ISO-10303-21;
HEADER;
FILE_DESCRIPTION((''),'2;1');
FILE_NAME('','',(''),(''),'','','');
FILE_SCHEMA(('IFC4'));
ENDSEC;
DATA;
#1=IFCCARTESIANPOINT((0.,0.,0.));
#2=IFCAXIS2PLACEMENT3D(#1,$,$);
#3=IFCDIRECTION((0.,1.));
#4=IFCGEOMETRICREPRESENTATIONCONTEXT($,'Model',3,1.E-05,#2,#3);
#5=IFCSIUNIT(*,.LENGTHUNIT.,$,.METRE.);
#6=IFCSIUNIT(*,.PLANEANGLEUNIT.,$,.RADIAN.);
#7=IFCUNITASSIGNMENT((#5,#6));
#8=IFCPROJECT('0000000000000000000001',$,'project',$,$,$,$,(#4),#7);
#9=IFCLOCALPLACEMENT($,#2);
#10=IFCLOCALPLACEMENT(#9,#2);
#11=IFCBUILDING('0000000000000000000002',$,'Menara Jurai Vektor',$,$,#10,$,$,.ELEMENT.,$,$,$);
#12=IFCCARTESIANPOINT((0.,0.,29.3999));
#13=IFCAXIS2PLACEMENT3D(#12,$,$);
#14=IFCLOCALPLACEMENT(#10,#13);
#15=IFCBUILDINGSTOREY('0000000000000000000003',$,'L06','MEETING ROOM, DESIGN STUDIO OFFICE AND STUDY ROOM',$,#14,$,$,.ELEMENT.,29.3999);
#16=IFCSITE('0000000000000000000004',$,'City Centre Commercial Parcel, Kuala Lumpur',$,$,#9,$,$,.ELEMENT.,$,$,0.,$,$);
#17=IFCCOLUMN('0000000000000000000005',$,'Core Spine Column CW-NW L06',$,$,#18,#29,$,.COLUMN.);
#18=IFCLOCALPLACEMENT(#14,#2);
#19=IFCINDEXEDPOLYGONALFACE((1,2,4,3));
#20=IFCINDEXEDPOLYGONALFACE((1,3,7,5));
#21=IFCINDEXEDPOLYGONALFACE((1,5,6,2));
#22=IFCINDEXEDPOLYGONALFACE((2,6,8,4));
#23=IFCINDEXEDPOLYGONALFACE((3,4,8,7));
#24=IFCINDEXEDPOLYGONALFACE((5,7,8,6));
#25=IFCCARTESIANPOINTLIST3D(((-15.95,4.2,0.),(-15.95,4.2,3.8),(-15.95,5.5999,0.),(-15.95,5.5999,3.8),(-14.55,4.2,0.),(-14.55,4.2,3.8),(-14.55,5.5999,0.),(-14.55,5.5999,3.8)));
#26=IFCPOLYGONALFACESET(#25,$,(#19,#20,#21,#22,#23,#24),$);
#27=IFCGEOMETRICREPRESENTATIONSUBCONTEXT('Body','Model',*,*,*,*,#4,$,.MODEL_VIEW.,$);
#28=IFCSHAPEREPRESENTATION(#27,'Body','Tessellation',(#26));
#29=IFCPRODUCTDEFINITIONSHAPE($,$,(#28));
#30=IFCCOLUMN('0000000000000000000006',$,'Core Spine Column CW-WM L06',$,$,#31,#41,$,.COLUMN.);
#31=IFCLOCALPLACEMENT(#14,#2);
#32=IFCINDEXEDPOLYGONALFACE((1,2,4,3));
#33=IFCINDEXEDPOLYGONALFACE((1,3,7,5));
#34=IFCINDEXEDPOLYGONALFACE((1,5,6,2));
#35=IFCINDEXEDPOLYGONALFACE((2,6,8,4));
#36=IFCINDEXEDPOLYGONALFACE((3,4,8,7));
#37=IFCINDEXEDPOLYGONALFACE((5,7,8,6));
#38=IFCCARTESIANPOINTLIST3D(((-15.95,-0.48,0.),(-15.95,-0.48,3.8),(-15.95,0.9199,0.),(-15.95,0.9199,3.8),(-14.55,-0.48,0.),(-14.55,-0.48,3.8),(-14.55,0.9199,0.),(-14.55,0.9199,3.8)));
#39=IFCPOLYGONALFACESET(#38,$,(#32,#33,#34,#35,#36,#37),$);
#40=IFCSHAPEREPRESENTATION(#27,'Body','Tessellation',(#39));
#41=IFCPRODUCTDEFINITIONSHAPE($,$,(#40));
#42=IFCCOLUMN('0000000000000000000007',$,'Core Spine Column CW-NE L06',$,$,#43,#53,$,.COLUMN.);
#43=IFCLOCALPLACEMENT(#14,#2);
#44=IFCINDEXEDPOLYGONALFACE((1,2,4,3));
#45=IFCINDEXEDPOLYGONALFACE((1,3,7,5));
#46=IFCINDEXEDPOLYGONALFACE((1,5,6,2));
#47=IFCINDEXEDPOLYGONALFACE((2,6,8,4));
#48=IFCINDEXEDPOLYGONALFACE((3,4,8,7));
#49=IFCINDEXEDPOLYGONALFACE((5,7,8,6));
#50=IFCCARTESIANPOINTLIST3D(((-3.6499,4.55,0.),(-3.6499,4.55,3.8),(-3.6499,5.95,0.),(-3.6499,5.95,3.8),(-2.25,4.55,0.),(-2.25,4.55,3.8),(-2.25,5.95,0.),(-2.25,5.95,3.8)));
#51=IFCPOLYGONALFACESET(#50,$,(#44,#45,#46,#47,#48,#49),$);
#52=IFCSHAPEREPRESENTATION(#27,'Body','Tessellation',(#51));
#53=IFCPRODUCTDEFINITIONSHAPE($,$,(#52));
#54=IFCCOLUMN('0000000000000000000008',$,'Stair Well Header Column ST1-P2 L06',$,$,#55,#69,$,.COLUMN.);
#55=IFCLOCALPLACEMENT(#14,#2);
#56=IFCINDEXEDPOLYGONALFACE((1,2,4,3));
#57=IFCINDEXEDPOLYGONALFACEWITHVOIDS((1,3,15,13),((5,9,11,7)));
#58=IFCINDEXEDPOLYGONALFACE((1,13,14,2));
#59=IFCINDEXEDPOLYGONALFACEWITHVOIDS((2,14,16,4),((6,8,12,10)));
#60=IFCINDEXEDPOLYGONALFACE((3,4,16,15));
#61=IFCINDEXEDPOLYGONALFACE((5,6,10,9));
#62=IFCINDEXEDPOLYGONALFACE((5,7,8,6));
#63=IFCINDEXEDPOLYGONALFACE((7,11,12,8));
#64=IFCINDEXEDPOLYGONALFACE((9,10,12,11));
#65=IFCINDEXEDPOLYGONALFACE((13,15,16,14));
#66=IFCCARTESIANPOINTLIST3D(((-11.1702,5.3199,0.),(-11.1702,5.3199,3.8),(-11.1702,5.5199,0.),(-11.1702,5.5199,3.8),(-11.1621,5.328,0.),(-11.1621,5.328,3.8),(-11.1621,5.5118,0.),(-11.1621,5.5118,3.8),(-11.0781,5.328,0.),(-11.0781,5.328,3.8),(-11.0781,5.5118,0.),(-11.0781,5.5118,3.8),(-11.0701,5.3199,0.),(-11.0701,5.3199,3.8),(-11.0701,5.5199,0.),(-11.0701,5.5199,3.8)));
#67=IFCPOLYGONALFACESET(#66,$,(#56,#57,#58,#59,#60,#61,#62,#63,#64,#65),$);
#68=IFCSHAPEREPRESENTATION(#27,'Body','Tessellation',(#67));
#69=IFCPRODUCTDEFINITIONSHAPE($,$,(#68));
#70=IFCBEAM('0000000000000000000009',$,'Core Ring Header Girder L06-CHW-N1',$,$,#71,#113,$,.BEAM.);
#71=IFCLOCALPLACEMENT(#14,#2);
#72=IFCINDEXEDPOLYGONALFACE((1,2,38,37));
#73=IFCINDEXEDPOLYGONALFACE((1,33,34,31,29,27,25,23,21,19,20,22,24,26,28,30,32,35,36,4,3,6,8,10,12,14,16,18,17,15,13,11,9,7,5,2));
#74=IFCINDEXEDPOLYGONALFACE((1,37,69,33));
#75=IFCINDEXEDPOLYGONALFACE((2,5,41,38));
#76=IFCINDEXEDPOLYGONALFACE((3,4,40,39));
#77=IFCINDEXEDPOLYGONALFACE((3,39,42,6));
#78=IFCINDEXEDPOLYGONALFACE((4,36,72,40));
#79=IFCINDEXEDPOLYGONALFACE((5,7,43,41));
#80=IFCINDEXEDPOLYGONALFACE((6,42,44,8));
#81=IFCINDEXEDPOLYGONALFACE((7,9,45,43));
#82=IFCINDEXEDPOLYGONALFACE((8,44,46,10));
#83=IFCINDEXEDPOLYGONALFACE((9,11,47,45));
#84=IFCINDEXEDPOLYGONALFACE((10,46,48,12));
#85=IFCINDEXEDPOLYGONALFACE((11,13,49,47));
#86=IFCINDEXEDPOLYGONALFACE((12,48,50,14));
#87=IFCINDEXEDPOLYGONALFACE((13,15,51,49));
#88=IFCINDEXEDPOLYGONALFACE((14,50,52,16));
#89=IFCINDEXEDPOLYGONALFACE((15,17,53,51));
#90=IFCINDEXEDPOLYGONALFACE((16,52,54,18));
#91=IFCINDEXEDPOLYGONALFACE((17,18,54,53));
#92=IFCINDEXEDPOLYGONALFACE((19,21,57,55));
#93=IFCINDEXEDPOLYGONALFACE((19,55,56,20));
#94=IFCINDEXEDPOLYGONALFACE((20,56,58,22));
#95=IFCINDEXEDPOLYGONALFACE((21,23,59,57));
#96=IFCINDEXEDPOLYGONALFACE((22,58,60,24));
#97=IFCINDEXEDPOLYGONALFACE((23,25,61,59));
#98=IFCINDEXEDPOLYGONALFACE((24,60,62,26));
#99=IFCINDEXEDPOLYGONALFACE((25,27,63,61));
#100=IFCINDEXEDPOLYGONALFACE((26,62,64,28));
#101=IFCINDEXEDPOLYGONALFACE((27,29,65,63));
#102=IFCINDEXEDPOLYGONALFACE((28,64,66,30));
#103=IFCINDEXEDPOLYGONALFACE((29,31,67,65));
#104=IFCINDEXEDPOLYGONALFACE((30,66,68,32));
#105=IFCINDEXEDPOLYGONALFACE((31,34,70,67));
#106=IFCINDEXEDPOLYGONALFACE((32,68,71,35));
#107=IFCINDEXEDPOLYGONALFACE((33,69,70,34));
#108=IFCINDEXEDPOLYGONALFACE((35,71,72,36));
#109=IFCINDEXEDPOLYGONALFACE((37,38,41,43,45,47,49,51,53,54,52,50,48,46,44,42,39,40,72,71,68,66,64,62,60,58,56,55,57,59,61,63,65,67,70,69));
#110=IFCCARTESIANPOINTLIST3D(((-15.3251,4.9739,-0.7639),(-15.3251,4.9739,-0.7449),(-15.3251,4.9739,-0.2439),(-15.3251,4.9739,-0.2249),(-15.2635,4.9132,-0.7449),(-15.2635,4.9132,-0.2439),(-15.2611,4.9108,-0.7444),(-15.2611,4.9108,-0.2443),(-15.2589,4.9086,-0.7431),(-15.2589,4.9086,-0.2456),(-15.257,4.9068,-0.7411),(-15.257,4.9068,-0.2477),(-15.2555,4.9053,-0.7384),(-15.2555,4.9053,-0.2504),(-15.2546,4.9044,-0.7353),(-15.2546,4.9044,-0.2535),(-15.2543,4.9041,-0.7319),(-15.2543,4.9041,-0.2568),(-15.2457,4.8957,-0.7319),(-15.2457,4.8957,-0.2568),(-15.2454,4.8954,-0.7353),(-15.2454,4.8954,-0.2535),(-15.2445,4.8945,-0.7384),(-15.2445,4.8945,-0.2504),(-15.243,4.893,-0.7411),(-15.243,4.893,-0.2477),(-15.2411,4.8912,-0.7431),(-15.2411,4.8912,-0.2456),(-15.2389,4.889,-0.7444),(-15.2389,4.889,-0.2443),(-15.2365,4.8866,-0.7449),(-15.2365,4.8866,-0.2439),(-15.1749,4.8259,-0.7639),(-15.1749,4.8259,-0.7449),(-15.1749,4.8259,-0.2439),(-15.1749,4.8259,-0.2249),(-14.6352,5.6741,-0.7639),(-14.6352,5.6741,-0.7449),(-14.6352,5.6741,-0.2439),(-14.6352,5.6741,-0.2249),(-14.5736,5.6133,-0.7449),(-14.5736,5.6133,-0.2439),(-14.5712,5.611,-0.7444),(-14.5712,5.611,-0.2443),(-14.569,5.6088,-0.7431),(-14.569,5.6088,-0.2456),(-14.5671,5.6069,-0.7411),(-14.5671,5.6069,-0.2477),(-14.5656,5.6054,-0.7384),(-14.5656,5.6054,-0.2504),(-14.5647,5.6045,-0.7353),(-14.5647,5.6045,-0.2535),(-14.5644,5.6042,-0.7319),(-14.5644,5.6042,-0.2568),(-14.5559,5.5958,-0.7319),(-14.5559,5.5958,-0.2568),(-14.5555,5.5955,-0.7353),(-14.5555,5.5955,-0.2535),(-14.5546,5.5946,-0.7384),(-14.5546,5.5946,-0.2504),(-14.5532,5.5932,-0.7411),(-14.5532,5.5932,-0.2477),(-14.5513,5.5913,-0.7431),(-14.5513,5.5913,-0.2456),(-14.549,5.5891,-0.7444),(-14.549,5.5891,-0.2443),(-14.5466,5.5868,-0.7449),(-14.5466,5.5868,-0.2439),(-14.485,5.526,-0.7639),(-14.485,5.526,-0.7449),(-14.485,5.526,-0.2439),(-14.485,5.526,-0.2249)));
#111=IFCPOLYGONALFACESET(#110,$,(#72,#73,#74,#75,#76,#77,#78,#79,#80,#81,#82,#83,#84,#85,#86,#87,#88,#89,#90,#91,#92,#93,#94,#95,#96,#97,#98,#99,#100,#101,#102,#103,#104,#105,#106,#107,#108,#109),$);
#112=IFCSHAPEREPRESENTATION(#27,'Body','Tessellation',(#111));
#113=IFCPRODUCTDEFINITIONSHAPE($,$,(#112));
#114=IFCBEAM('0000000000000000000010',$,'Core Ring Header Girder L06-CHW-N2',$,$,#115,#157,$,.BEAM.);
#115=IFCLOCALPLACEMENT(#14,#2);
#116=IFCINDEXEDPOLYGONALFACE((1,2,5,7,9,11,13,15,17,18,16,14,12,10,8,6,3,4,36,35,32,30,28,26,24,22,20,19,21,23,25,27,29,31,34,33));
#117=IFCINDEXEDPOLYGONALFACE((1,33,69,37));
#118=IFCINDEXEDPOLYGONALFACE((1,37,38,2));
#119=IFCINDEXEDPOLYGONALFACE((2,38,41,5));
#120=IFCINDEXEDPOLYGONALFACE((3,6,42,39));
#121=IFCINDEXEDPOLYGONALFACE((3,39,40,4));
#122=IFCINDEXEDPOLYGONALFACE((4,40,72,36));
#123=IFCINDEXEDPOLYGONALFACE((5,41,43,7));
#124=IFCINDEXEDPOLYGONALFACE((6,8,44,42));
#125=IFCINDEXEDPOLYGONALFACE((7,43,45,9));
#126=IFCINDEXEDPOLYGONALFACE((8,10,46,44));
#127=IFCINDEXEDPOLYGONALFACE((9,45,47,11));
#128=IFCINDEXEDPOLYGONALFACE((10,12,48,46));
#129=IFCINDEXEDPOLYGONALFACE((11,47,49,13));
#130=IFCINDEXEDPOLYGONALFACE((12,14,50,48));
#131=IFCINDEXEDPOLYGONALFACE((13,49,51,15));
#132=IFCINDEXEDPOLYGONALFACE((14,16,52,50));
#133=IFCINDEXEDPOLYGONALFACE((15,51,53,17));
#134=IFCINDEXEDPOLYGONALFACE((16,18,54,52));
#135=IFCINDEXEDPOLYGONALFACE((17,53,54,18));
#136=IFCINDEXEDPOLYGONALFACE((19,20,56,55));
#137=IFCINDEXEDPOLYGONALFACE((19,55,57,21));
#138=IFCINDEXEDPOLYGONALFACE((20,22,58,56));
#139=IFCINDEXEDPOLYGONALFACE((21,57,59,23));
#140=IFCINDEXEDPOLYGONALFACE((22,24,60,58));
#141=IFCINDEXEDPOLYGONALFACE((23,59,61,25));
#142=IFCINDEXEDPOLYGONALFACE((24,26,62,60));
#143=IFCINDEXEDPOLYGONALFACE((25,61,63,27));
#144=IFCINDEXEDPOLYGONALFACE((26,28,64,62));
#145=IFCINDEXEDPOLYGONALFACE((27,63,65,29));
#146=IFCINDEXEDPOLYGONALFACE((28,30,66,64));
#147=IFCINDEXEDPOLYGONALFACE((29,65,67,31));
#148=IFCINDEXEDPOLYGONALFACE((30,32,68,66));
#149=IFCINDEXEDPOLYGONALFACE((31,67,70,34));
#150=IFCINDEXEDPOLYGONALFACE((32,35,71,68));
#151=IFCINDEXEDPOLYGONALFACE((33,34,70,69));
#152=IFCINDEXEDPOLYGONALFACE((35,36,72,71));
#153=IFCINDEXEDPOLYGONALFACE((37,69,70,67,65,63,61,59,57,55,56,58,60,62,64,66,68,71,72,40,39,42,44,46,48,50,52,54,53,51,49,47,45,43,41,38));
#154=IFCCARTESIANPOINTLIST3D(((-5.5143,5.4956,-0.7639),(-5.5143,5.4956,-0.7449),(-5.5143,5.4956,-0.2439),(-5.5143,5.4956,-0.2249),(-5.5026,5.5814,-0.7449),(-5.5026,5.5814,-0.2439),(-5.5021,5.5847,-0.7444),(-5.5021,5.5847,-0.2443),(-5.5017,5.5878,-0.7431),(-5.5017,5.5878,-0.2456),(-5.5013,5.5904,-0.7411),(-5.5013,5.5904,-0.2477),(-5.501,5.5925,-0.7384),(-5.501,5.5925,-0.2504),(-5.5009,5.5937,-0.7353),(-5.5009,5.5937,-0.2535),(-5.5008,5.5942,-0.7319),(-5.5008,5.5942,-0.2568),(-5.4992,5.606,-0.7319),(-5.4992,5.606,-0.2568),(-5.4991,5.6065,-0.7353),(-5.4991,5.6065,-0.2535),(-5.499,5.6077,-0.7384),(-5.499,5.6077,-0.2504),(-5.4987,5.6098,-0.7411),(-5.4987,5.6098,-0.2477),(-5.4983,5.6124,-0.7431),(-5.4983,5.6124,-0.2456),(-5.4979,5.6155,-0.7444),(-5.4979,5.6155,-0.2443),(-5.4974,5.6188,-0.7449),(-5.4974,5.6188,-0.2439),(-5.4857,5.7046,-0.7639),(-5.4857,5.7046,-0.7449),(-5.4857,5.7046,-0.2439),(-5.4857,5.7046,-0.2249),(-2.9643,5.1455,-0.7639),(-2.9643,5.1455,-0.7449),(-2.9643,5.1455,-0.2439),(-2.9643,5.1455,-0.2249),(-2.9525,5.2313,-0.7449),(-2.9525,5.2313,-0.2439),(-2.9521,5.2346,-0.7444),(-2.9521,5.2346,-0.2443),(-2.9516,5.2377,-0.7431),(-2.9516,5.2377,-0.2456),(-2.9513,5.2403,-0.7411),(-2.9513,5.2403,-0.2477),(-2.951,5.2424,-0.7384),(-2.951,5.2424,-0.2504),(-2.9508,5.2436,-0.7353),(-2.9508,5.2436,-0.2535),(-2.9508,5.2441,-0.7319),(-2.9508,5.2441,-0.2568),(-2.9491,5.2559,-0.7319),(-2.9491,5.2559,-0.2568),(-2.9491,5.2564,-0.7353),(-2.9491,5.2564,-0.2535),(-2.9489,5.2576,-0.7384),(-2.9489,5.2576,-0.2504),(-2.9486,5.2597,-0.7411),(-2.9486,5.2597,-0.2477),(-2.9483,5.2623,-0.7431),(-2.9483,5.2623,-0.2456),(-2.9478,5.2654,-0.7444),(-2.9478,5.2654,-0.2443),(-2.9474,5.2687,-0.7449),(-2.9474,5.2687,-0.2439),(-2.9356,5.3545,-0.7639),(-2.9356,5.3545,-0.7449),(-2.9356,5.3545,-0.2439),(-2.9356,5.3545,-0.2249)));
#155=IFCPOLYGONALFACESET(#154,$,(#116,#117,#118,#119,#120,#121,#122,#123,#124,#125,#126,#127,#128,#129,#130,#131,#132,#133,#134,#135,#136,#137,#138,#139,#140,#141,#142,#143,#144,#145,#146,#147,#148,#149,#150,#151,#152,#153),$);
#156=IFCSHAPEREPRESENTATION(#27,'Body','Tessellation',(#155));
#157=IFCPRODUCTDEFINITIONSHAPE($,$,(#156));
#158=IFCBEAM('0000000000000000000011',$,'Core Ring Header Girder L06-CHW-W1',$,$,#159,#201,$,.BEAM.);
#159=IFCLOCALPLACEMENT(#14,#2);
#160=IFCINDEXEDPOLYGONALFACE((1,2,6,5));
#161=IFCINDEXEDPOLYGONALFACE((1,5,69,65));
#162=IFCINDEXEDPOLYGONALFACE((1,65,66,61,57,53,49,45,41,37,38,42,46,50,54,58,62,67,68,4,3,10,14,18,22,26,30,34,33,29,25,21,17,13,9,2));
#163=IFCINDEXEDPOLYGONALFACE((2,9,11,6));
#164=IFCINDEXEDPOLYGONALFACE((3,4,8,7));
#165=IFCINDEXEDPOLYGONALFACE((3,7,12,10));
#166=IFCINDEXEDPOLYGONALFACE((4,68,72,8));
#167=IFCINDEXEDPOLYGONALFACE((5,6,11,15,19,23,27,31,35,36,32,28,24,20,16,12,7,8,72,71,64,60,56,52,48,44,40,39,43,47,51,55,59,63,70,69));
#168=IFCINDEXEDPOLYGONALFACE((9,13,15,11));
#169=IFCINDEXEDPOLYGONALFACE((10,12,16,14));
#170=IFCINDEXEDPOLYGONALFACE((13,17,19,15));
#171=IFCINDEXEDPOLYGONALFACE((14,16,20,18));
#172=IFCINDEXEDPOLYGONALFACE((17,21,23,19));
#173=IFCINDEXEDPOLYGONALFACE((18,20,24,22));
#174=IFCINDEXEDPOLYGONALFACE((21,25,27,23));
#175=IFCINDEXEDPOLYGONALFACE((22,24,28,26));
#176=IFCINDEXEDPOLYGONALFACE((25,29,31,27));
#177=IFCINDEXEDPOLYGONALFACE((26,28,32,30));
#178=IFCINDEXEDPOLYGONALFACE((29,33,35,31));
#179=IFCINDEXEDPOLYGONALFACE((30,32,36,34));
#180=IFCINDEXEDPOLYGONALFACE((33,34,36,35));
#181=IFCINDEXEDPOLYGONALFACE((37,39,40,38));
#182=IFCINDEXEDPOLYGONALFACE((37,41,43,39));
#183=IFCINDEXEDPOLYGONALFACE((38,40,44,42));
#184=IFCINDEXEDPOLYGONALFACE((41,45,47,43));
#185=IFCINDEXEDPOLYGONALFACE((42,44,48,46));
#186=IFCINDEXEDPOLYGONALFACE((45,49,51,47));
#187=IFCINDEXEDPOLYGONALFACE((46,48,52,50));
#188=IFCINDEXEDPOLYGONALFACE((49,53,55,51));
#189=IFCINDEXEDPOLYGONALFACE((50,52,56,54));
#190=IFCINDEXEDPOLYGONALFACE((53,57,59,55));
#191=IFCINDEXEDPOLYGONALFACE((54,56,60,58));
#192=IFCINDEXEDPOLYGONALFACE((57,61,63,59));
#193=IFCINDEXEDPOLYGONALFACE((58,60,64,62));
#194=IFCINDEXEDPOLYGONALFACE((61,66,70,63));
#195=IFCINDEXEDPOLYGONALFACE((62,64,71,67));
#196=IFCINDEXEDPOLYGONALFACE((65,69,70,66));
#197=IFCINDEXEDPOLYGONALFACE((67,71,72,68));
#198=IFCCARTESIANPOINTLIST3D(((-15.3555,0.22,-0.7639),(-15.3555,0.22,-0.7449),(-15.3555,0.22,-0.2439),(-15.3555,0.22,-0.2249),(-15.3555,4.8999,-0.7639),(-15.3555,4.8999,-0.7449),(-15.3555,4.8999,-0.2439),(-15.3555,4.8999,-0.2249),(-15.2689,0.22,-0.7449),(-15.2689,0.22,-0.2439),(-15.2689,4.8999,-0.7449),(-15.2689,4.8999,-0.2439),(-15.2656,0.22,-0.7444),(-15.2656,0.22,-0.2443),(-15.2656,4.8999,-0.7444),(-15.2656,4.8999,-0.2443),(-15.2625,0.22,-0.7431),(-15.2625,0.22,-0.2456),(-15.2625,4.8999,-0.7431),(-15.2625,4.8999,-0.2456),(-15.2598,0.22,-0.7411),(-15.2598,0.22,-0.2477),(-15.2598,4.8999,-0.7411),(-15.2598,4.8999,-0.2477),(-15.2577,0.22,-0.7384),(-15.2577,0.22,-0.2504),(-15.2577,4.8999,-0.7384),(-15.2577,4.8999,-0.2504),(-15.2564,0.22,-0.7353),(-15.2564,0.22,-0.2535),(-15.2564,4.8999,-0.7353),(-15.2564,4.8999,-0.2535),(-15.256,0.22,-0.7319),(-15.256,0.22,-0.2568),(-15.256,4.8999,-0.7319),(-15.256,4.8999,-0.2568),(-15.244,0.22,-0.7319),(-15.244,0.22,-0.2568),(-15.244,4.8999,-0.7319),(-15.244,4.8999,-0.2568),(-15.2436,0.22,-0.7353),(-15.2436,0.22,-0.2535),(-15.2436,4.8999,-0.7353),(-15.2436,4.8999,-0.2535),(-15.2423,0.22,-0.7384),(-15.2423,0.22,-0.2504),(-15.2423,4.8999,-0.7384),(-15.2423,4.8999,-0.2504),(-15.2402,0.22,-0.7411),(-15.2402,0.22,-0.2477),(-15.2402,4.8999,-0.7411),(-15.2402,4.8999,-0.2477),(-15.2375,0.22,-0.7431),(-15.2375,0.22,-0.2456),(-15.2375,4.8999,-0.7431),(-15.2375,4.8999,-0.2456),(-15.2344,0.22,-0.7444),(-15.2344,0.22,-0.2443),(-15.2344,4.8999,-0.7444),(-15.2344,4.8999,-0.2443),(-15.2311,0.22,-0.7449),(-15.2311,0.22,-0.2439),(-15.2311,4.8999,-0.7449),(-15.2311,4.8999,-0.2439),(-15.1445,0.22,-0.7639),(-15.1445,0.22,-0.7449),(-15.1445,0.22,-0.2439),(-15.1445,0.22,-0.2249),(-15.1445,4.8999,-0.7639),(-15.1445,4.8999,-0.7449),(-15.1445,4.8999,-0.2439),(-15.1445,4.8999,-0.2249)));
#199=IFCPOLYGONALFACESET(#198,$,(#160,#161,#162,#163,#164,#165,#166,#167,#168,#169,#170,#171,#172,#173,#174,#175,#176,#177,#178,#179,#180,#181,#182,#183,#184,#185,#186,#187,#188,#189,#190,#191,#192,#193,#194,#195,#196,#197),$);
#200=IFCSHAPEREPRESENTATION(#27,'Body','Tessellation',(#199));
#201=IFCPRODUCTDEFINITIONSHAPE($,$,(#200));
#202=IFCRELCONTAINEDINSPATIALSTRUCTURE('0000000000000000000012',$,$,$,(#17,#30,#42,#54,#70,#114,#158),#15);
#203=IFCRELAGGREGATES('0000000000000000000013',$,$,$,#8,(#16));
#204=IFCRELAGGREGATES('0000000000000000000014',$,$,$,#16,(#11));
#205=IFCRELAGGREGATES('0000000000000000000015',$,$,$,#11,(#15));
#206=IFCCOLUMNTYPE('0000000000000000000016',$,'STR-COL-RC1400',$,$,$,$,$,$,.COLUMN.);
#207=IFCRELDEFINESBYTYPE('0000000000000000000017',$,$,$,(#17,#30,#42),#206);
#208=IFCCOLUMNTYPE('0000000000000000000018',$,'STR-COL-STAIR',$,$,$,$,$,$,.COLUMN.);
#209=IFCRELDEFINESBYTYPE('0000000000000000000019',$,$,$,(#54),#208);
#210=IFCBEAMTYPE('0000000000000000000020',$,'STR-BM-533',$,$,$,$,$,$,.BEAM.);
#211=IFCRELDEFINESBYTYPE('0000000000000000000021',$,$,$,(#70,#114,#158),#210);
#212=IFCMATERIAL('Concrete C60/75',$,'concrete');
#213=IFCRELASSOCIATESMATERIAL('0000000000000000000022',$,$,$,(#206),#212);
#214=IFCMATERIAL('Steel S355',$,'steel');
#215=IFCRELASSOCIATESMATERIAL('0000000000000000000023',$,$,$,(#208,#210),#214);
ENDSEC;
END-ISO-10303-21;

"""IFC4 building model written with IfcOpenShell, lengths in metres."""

from ifc_helpers import new_model, si_unit, direction, frame, origin, origin_2d, place, context, subcontext, project, spatial, rectangle, hollow_rectangle, i_section, extrude, material, material_profile, profile_set, type_object, element, save


model = new_model("IFC4")

# Units and contexts
model_context = context("Model", 3, precision=1e-05, world=origin(), true_north=direction((0.0, 1.0)))
body_context = subcontext(model_context, "Body", "Model", "MODEL_VIEW")
ifc_project = project(units=[si_unit("LENGTHUNIT", "METRE"), si_unit("PLANEANGLEUNIT", "RADIAN")], contexts=[model_context])

# Site, building, storey
site_placement = place(None, origin())
site = spatial("IfcSite", under=ifc_project, at=site_placement, Name="City Centre Commercial Parcel, Kuala Lumpur", CompositionType="ELEMENT", RefElevation=0.0)
building_placement = place(site_placement, origin())
building = spatial("IfcBuilding", under=site, at=building_placement, Name="Menara Jurai Vektor", CompositionType="ELEMENT")
storey_placement = place(building_placement, frame((0.0, 0.0, 29.3999)))
storey = spatial("IfcBuildingStorey", under=building, at=storey_placement, Name="L06", Description="MEETING ROOM, DESIGN STUDIO OFFICE AND STUDY ROOM", CompositionType="ELEMENT", Elevation=29.3999)

# Columns
ifc_material_1 = material(Name="Concrete C60/75", Category="concrete")
ifc_material_profile_1 = material_profile(ifc_material_1, rectangle(XDim=1.3999, YDim=1.3999, at=origin_2d()), Name="RC 1400x1400")
ifc_profile_set_1 = profile_set([ifc_material_profile_1], Name="Concrete C60/75")
column_type_1 = type_object("IfcColumnType", Name="STR-COL-RC1400", PredefinedType="COLUMN", material=ifc_profile_set_1)
for number, where, z_axis, x_axis, name in (
    (1, (-15.25, 4.8999, 0.0), (0.0, 0.0, 1.0), (1.0, 0.0, 0.0), "Core Spine Column CW-NW L06"),
    (2, (-15.25, 0.22, 0.0), (0.0, 0.0, 1.0), (1.0, 0.0, 0.0), "Core Spine Column CW-WM L06"),
    (3, (-2.95, 5.25, 0.0), (0.0, 0.0, 1.0), (1.0, 0.0, 0.0), "Core Spine Column CW-NE L06"),
):
    element("IfcColumn", number, at=place(storey_placement, frame(where, z_axis=z_axis, x_axis=x_axis)), inside=storey, type_object=column_type_1, Name=name, PredefinedType="COLUMN", context=body_context, shape_type="SweptSolid", body=[
        extrude(rectangle(XDim=1.3999, YDim=1.3999, at=origin_2d()), origin(), (0.0, 0.0, 1.0), 3.8),
    ])
ifc_material_2 = material(Name="Steel S355", Category="steel")
ifc_material_profile_2 = material_profile(ifc_material_2, hollow_rectangle(XDim=0.1001, YDim=0.2, WallThickness=0.0081, at=origin_2d()), Name="RHS 200x100x8")
ifc_profile_set_2 = profile_set([ifc_material_profile_2], Name="Steel S355")
column_type_2 = type_object("IfcColumnType", Name="STR-COL-STAIR", PredefinedType="COLUMN", material=ifc_profile_set_2)
column_placement = place(storey_placement, frame((-11.1201, 5.4199, 0.0), z_axis=(0.0, 0.0, 1.0), x_axis=(1.0, 0.0, 0.0)))
element("IfcColumn", 4, at=column_placement, inside=storey, type_object=column_type_2, Name="Stair Well Header Column ST1-P2 L06", PredefinedType="COLUMN", context=body_context, shape_type="SweptSolid", body=[
    extrude(hollow_rectangle(XDim=0.1001, YDim=0.2, WallThickness=0.0081, at=origin_2d()), origin(), (0.0, 0.0, 1.0), 3.8),
])

# Beams
ifc_material_profile_3 = material_profile(ifc_material_2, i_section(OverallWidth=0.2109, OverallDepth=0.5391, WebThickness=0.012, FlangeThickness=0.019, FilletRadius=0.0129, at=origin_2d()), Name="UKB 533x210x109")
ifc_profile_set_3 = profile_set([ifc_material_profile_3], Name="Steel S355")
beam_type_1 = type_object("IfcBeamType", Name="STR-BM-533", PredefinedType="BEAM", material=ifc_profile_set_3)
beam_1_placement = place(storey_placement, frame((-15.25, 4.8999, -0.4944), z_axis=(0.701872, 0.712303, 0.0), x_axis=(-0.712303, 0.701872, 0.0)))
element("IfcBeam", 5, at=beam_1_placement, inside=storey, type_object=beam_type_1, Name="Core Ring Header Girder L06-CHW-N1", PredefinedType="BEAM", context=body_context, shape_type="SweptSolid", body=[
    extrude(i_section(OverallWidth=0.2109, OverallDepth=0.5391, WebThickness=0.012, FlangeThickness=0.019, FilletRadius=0.0129, at=origin_2d()), origin(), (0.0, 0.0, 1.0), 0.9829),
])
beam_2_placement = place(storey_placement, frame((-5.5, 5.6001, -0.4944), z_axis=(0.990707, -0.136015, 0.0), x_axis=(0.136015, 0.990707, 0.0)))
element("IfcBeam", 6, at=beam_2_placement, inside=storey, type_object=beam_type_1, Name="Core Ring Header Girder L06-CHW-N2", PredefinedType="BEAM", context=body_context, shape_type="SweptSolid", body=[
    extrude(i_section(OverallWidth=0.2109, OverallDepth=0.5391, WebThickness=0.012, FlangeThickness=0.019, FilletRadius=0.0129, at=origin_2d()), origin(), (0.0, 0.0, 1.0), 2.574),
])
beam_3_placement = place(storey_placement, frame((-15.25, 0.22, -0.4944), z_axis=(0.0, 1.0, 0.0), x_axis=(-1.0, 0.0, 0.0)))
element("IfcBeam", 7, at=beam_3_placement, inside=storey, type_object=beam_type_1, Name="Core Ring Header Girder L06-CHW-W1", PredefinedType="BEAM", context=body_context, shape_type="SweptSolid", body=[
    extrude(i_section(OverallWidth=0.2109, OverallDepth=0.5391, WebThickness=0.012, FlangeThickness=0.019, FilletRadius=0.0129, at=origin_2d()), origin(), (0.0, 0.0, 1.0), 4.6799),
])

save(model, "model.ifc")
